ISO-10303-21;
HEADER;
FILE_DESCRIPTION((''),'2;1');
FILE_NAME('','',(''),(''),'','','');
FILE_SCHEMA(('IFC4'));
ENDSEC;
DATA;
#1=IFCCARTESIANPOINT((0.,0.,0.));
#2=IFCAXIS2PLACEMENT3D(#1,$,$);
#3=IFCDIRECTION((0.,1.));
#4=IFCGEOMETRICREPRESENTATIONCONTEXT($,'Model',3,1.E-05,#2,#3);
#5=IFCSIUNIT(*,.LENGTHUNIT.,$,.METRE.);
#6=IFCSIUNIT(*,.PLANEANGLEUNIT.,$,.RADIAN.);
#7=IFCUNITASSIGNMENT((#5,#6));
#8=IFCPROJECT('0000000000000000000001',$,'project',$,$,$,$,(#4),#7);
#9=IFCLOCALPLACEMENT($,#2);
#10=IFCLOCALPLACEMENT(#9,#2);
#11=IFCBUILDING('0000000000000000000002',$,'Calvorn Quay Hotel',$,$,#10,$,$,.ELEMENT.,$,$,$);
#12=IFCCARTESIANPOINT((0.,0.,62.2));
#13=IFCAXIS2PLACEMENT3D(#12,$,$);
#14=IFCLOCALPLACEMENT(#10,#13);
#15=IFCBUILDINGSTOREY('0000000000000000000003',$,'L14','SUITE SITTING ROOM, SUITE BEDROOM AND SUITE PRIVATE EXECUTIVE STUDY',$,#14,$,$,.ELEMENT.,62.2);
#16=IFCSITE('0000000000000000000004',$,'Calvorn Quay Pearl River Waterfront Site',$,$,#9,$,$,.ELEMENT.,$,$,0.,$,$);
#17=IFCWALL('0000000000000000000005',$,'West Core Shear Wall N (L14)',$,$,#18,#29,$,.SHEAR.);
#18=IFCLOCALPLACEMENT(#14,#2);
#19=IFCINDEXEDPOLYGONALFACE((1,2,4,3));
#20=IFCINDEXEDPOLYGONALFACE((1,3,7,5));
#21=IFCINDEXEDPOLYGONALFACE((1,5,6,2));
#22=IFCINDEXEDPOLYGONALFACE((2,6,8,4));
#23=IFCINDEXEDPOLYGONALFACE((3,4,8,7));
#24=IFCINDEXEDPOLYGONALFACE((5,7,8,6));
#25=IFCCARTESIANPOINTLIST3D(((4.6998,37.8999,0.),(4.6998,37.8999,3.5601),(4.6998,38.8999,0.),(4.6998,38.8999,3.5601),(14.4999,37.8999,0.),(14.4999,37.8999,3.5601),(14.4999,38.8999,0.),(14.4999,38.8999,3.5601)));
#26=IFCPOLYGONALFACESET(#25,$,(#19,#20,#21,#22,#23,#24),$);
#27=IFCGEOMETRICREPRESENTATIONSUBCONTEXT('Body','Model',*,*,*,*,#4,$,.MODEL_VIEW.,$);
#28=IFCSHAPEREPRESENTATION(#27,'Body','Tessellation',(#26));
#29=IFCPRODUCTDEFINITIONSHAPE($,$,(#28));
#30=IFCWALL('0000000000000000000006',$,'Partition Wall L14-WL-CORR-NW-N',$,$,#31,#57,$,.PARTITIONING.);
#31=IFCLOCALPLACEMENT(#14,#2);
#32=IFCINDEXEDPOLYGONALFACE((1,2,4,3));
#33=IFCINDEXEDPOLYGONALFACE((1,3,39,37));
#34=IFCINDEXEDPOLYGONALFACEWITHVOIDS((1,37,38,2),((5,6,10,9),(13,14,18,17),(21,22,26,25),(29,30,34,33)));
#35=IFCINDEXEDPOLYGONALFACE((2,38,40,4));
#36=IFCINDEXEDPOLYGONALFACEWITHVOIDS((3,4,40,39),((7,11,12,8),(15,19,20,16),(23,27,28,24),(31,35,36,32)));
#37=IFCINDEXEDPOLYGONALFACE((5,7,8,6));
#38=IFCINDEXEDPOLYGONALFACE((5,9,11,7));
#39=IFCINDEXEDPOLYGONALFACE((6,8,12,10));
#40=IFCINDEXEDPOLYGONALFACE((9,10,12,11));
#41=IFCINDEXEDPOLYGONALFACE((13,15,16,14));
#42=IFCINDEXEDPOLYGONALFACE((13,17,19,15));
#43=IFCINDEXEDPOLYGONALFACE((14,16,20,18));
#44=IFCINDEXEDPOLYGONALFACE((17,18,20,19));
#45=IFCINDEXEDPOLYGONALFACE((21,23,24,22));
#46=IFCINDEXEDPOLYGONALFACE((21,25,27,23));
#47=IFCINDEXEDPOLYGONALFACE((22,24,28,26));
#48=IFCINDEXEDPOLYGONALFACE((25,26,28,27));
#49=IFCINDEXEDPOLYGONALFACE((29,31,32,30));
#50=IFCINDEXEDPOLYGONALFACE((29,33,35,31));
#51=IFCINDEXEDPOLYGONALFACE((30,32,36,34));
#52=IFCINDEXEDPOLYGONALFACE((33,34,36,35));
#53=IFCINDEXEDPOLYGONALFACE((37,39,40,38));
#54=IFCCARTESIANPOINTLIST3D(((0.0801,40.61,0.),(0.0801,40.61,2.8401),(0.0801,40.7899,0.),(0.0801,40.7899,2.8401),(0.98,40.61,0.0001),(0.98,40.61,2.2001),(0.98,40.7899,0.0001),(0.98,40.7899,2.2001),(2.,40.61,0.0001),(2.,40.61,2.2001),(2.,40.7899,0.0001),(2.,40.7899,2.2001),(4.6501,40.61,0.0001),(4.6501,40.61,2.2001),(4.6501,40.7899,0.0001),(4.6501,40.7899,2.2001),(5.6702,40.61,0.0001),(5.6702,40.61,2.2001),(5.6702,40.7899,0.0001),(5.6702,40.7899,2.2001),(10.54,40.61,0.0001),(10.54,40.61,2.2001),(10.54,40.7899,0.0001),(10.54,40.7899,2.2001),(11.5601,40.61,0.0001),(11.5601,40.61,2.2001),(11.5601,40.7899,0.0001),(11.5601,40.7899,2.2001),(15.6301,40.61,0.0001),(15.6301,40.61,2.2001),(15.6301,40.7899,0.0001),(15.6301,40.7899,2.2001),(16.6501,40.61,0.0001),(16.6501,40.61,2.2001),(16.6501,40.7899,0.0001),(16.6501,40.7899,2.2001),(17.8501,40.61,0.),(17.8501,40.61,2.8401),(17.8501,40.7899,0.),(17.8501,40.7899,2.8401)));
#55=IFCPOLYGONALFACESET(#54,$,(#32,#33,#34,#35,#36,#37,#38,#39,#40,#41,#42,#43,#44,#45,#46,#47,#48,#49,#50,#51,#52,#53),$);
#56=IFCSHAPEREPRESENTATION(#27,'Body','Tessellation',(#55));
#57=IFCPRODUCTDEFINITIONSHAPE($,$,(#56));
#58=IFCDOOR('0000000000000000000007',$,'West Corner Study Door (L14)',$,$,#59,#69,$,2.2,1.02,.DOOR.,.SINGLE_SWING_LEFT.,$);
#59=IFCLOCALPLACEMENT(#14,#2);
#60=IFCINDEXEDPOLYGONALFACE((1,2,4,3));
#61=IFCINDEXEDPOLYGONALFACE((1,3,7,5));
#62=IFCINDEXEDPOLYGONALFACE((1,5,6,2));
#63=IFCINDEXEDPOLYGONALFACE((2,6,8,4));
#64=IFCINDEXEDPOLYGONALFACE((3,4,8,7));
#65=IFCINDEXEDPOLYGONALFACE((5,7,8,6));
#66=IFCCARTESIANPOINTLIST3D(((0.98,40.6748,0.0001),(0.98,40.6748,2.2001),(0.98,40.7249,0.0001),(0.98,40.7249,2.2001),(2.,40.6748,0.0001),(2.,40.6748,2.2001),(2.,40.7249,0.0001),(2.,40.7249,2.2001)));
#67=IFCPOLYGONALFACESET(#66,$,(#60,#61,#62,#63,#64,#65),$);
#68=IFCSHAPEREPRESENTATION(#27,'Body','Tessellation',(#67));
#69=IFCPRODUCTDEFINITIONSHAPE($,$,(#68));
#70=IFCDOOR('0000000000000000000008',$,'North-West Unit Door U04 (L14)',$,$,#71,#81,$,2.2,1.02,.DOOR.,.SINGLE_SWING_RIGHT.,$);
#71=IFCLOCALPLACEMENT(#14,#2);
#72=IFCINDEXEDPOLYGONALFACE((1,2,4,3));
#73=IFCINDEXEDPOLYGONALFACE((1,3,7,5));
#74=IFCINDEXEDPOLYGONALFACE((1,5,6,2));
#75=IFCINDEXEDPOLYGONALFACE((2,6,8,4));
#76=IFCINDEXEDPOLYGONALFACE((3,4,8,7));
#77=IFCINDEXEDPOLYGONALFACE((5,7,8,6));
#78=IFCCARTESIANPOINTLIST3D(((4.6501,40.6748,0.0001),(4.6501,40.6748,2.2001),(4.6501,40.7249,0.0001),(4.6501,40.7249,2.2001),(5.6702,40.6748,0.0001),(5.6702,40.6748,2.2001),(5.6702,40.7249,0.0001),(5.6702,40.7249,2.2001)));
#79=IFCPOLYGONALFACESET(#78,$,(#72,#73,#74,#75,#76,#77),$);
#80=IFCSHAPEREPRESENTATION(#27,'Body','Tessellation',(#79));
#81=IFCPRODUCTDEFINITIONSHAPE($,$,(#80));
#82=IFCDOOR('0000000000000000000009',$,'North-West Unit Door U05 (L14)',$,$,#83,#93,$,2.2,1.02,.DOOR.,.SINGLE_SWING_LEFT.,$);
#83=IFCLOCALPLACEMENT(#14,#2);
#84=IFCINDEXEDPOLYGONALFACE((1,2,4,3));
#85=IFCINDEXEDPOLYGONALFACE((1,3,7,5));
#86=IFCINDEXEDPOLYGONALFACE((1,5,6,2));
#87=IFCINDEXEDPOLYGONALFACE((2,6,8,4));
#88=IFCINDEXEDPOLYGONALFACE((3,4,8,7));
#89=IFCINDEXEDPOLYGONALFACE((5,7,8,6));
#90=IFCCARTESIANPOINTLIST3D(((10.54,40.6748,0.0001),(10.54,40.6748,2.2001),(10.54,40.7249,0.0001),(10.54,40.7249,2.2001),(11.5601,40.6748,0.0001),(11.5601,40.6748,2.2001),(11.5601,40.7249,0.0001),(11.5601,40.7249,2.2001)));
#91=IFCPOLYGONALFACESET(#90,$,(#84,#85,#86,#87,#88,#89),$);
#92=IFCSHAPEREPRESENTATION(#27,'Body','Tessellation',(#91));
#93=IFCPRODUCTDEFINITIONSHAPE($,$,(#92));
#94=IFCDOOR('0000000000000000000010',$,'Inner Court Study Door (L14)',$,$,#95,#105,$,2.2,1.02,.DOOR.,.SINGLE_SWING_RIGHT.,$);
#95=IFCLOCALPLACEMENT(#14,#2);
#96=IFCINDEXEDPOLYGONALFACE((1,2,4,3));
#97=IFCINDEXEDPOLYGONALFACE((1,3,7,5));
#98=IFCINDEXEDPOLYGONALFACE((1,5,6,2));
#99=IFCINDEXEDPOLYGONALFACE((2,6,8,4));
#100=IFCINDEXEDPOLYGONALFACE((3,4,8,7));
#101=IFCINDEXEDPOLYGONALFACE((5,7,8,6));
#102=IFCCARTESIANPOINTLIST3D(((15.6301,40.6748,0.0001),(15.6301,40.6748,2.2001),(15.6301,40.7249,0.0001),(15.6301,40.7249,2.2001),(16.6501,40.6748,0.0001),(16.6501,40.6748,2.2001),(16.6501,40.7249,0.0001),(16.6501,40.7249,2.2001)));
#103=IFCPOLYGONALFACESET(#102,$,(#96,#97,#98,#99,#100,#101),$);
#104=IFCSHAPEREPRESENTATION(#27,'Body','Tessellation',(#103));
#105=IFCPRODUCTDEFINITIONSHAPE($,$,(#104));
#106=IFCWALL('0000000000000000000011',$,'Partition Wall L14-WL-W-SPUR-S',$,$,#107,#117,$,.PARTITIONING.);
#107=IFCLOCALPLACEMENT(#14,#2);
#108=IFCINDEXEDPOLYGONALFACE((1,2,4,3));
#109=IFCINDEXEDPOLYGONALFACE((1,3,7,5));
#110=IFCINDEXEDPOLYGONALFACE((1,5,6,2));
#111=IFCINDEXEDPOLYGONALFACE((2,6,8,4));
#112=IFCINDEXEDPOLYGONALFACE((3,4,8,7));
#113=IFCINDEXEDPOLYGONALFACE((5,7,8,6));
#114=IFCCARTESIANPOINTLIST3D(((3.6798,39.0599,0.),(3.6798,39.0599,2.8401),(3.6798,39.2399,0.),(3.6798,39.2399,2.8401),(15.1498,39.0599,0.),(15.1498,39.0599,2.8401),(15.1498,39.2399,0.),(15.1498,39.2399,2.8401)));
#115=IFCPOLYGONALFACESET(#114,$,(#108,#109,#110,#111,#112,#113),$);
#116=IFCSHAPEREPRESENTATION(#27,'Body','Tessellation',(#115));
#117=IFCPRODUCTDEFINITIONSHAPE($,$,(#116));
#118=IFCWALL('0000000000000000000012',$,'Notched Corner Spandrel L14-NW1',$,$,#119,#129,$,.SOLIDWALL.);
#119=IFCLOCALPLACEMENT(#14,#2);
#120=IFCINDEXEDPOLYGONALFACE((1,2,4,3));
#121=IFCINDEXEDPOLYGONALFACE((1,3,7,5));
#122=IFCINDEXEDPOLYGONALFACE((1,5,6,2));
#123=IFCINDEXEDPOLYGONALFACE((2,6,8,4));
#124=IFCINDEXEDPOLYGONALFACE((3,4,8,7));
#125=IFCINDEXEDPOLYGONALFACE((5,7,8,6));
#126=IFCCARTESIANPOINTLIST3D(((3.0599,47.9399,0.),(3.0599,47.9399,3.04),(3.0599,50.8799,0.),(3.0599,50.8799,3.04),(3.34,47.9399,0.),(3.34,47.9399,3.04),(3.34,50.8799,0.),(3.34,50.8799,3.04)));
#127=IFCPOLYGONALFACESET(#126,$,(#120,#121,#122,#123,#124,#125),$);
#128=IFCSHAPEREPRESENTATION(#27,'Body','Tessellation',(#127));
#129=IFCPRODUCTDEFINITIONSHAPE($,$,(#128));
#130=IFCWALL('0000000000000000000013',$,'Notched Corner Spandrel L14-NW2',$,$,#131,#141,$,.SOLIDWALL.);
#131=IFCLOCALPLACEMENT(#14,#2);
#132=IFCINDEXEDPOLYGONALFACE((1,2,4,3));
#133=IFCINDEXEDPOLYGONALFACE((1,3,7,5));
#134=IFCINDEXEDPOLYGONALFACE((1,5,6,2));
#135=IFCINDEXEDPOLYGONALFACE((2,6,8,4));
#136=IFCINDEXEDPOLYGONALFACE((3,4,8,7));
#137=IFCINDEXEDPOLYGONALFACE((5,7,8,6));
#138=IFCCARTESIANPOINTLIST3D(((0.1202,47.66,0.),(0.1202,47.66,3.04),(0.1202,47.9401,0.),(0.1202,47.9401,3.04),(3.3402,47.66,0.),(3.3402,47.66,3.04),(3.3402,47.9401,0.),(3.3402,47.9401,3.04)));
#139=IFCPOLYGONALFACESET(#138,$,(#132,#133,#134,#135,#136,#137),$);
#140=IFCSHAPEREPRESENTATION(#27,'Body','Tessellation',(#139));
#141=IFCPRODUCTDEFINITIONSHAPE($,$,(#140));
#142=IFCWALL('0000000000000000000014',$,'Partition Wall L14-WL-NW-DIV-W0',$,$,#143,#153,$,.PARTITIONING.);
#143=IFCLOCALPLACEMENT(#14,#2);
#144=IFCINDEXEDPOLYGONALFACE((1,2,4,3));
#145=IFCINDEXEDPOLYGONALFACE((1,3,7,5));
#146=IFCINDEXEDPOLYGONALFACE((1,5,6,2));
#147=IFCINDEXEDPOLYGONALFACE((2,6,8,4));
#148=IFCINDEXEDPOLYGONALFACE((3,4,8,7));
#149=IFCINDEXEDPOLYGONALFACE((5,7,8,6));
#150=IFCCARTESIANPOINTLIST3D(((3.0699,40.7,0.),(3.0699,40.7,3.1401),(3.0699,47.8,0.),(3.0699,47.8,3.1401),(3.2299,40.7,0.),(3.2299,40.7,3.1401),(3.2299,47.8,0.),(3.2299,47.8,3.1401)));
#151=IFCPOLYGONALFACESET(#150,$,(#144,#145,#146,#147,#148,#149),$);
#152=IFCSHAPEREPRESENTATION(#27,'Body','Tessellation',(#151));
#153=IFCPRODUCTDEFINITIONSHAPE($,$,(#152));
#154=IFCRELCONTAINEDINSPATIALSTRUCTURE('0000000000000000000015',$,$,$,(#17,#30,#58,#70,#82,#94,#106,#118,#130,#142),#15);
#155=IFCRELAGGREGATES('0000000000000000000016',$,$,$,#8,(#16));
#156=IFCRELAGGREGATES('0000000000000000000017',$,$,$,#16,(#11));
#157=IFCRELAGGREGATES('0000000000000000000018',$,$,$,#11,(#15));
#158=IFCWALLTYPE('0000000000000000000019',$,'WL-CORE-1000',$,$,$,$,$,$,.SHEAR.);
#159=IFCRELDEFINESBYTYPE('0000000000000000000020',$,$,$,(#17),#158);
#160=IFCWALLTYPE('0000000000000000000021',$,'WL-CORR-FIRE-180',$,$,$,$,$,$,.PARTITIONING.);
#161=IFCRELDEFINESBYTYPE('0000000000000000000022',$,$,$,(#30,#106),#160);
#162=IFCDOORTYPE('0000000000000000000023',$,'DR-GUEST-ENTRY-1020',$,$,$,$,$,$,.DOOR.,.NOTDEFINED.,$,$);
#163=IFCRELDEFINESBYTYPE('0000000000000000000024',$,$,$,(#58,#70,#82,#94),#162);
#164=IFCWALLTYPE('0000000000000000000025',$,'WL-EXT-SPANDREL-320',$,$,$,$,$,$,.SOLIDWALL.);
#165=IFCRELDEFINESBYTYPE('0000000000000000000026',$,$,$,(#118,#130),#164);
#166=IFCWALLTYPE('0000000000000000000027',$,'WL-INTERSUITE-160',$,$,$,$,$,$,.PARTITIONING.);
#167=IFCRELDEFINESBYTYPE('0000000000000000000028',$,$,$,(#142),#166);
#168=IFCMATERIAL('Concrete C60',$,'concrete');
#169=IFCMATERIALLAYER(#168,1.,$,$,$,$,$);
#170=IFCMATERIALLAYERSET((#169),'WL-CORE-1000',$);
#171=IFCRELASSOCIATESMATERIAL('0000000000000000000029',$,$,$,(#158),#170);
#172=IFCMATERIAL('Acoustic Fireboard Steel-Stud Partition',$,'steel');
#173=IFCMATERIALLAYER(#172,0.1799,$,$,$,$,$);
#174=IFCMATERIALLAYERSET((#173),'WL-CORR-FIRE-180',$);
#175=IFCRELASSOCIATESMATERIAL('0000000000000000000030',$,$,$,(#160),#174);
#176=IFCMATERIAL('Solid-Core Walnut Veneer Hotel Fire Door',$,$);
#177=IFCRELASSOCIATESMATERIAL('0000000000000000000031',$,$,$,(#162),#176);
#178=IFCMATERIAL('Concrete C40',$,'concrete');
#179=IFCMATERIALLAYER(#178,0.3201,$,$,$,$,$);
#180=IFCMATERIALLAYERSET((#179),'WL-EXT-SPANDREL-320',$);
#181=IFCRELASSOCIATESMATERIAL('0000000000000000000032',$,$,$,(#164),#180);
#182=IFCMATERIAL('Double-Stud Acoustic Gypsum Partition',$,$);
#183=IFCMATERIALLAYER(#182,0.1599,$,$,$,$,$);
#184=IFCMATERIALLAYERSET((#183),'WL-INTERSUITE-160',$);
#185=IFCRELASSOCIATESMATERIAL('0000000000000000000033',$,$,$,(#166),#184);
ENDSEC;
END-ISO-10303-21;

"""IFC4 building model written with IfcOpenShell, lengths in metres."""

from ifc_helpers import new_model, si_unit, direction, frame, frame_2d, origin, place, context, subcontext, project, spatial, rectangle, extrude, material, layer, layer_set, type_object, element, fill, save


model = new_model("IFC4")

# Units and contexts
model_context = context("Model", 3, precision=1e-05, world=origin(), true_north=direction((0.0, 1.0)))
body_context = subcontext(model_context, "Body", "Model", "MODEL_VIEW")
ifc_project = project(units=[si_unit("LENGTHUNIT", "METRE"), si_unit("PLANEANGLEUNIT", "RADIAN")], contexts=[model_context])

# Site, building, storey
site_placement = place(None, origin())
site = spatial("IfcSite", under=ifc_project, at=site_placement, Name="Calvorn Quay Pearl River Waterfront Site", CompositionType="ELEMENT", RefElevation=0.0)
building_placement = place(site_placement, origin())
building = spatial("IfcBuilding", under=site, at=building_placement, Name="Calvorn Quay Hotel", CompositionType="ELEMENT")
storey_placement = place(building_placement, frame((0.0, 0.0, 62.2)))
storey = spatial("IfcBuildingStorey", under=building, at=storey_placement, Name="L14", Description="SUITE SITTING ROOM, SUITE BEDROOM AND SUITE PRIVATE EXECUTIVE STUDY", CompositionType="ELEMENT", Elevation=62.2)

# Wall
ifc_material_1 = material(Name="Concrete C60", Category="concrete")
ifc_layer_1 = layer(ifc_material_1, 1.0)
ifc_layer_set_1 = layer_set([ifc_layer_1], Name="WL-CORE-1000")
wall_type_1 = type_object("IfcWallType", Name="WL-CORE-1000", PredefinedType="SHEAR", material=ifc_layer_set_1)
wall_1_placement = place(storey_placement, frame((4.7, 38.3999, 0.0), z_axis=(0.0, 0.0, 1.0), x_axis=(1.0, 0.0, 0.0)))
element("IfcWall", 1, at=wall_1_placement, inside=storey, type_object=wall_type_1, Name="West Core Shear Wall N (L14)", PredefinedType="SHEAR", context=body_context, shape_type="SweptSolid", body=[
    extrude(rectangle(XDim=9.8, YDim=1.0, at=frame_2d((4.8999, 0.0))), origin(), (0.0, 0.0, 1.0), 3.5601),
])

# Shared definitions
ifc_material_2 = material(Name="Acoustic Fireboard Steel-Stud Partition", Category="steel")
ifc_layer_2 = layer(ifc_material_2, 0.1799)
ifc_layer_set_2 = layer_set([ifc_layer_2], Name="WL-CORR-FIRE-180")
wall_type_2 = type_object("IfcWallType", Name="WL-CORR-FIRE-180", PredefinedType="PARTITIONING", material=ifc_layer_set_2)

# Wall, openings, doors
wall_2_placement = place(storey_placement, frame((0.0801, 40.7, 0.0), z_axis=(0.0, 0.0, 1.0), x_axis=(1.0, 0.0, 0.0)))
wall_2 = element("IfcWall", 2, at=wall_2_placement, inside=storey, type_object=wall_type_2, Name="Partition Wall L14-WL-CORR-NW-N", PredefinedType="PARTITIONING", context=body_context, shape_type="SweptSolid", body=[
    extrude(rectangle(XDim=17.77, YDim=0.1799, at=frame_2d((8.885, 0.0))), origin(), (0.0, 0.0, 1.0), 2.8401),
])
opening_1_placement = place(wall_2_placement, frame((0.8999, 0.0, 0.0)))
opening_1 = element("IfcOpeningElement", 3, at=opening_1_placement, cuts=wall_2, PredefinedType="OPENING", context=body_context, shape_type="SweptSolid", body=[
    extrude(rectangle(XDim=1.02, YDim=2.2, at=frame_2d((0.51, 1.1001))), frame((0.0, 0.0999, 0.0), z_axis=(0.0, -1.0, 0.0), x_axis=(1.0, 0.0, 0.0)), (0.0, 0.0, 1.0), 0.2),
])
opening_2_placement = place(wall_2_placement, frame((4.5701, 0.0, 0.0)))
opening_2 = element("IfcOpeningElement", 4, at=opening_2_placement, cuts=wall_2, PredefinedType="OPENING", context=body_context, shape_type="SweptSolid", body=[
    extrude(rectangle(XDim=1.02, YDim=2.2, at=frame_2d((0.51, 1.1001))), frame((0.0, 0.0999, 0.0), z_axis=(0.0, -1.0, 0.0), x_axis=(1.0, 0.0, 0.0)), (0.0, 0.0, 1.0), 0.2),
])
opening_3_placement = place(wall_2_placement, frame((10.46, 0.0, 0.0)))
opening_3 = element("IfcOpeningElement", 5, at=opening_3_placement, cuts=wall_2, PredefinedType="OPENING", context=body_context, shape_type="SweptSolid", body=[
    extrude(rectangle(XDim=1.02, YDim=2.2, at=frame_2d((0.51, 1.1001))), frame((0.0, 0.0999, 0.0), z_axis=(0.0, -1.0, 0.0), x_axis=(1.0, 0.0, 0.0)), (0.0, 0.0, 1.0), 0.2),
])
opening_4_placement = place(wall_2_placement, frame((15.55, 0.0, 0.0)))
opening_4 = element("IfcOpeningElement", 6, at=opening_4_placement, cuts=wall_2, PredefinedType="OPENING", context=body_context, shape_type="SweptSolid", body=[
    extrude(rectangle(XDim=1.02, YDim=2.2, at=frame_2d((0.51, 1.1001))), frame((0.0, 0.0999, 0.0), z_axis=(0.0, -1.0, 0.0), x_axis=(1.0, 0.0, 0.0)), (0.0, 0.0, 1.0), 0.2),
])
ifc_material_3 = material(Name="Solid-Core Walnut Veneer Hotel Fire Door")
door_type_1 = type_object("IfcDoorType", Name="DR-GUEST-ENTRY-1020", OperationType="NOTDEFINED", PredefinedType="DOOR", material=ifc_material_3)
door_1_placement = place(opening_1_placement, origin())
door_1 = element("IfcDoor", 7, at=door_1_placement, inside=storey, type_object=door_type_1, Name="West Corner Study Door (L14)", OperationType="SINGLE_SWING_LEFT", OverallHeight=2.2, OverallWidth=1.02, PredefinedType="DOOR", context=body_context, shape_type="SweptSolid", body=[
    extrude(rectangle(XDim=1.02, YDim=2.2, at=frame_2d((0.51, 1.1001))), frame((0.0, 0.0249, 0.0), z_axis=(0.0, -1.0, 0.0), x_axis=(1.0, 0.0, 0.0)), (0.0, 0.0, 1.0), 0.05),
])
fill(opening_1, door_1)
door_2_placement = place(opening_2_placement, origin())
door_2 = element("IfcDoor", 8, at=door_2_placement, inside=storey, type_object=door_type_1, Name="North-West Unit Door U04 (L14)", OperationType="SINGLE_SWING_RIGHT", OverallHeight=2.2, OverallWidth=1.02, PredefinedType="DOOR", context=body_context, shape_type="SweptSolid", body=[
    extrude(rectangle(XDim=1.02, YDim=2.2, at=frame_2d((0.51, 1.1001))), frame((0.0, 0.0249, 0.0), z_axis=(0.0, -1.0, 0.0), x_axis=(1.0, 0.0, 0.0)), (0.0, 0.0, 1.0), 0.05),
])
fill(opening_2, door_2)
door_3_placement = place(opening_3_placement, origin())
door_3 = element("IfcDoor", 9, at=door_3_placement, inside=storey, type_object=door_type_1, Name="North-West Unit Door U05 (L14)", OperationType="SINGLE_SWING_LEFT", OverallHeight=2.2, OverallWidth=1.02, PredefinedType="DOOR", context=body_context, shape_type="SweptSolid", body=[
    extrude(rectangle(XDim=1.02, YDim=2.2, at=frame_2d((0.51, 1.1001))), frame((0.0, 0.0249, 0.0), z_axis=(0.0, -1.0, 0.0), x_axis=(1.0, 0.0, 0.0)), (0.0, 0.0, 1.0), 0.05),
])
fill(opening_3, door_3)
door_4_placement = place(opening_4_placement, origin())
door_4 = element("IfcDoor", 10, at=door_4_placement, inside=storey, type_object=door_type_1, Name="Inner Court Study Door (L14)", OperationType="SINGLE_SWING_RIGHT", OverallHeight=2.2, OverallWidth=1.02, PredefinedType="DOOR", context=body_context, shape_type="SweptSolid", body=[
    extrude(rectangle(XDim=1.02, YDim=2.2, at=frame_2d((0.51, 1.1001))), frame((0.0, 0.0249, 0.0), z_axis=(0.0, -1.0, 0.0), x_axis=(1.0, 0.0, 0.0)), (0.0, 0.0, 1.0), 0.05),
])
fill(opening_4, door_4)

# Walls
wall_3_placement = place(storey_placement, frame((3.6799, 39.1499, 0.0), z_axis=(0.0, 0.0, 1.0), x_axis=(1.0, 0.0, 0.0)))
element("IfcWall", 11, at=wall_3_placement, inside=storey, type_object=wall_type_2, Name="Partition Wall L14-WL-W-SPUR-S", PredefinedType="PARTITIONING", context=body_context, shape_type="SweptSolid", body=[
    extrude(rectangle(XDim=11.47, YDim=0.1799, at=frame_2d((5.7349, 0.0))), origin(), (0.0, 0.0, 1.0), 2.8401),
])
ifc_material_4 = material(Name="Concrete C40", Category="concrete")
ifc_layer_3 = layer(ifc_material_4, 0.3201)
ifc_layer_set_3 = layer_set([ifc_layer_3], Name="WL-EXT-SPANDREL-320")
wall_type_3 = type_object("IfcWallType", Name="WL-EXT-SPANDREL-320", PredefinedType="SOLIDWALL", material=ifc_layer_set_3)
wall_4_placement = place(storey_placement, frame((3.2, 50.8799, 0.0), z_axis=(0.0, 0.0, 1.0), x_axis=(0.0, -1.0, 0.0)))
element("IfcWall", 12, at=wall_4_placement, inside=storey, type_object=wall_type_3, Name="Notched Corner Spandrel L14-NW1", PredefinedType="SOLIDWALL", context=body_context, shape_type="SweptSolid", body=[
    extrude(rectangle(XDim=2.9399, YDim=0.28, at=frame_2d((1.47, 0.0))), origin(), (0.0, 0.0, 1.0), 3.04),
])
wall_5_placement = place(storey_placement, frame((3.3401, 47.8, 0.0), z_axis=(0.0, 0.0, 1.0), x_axis=(-1.0, 0.0, 0.0)))
element("IfcWall", 13, at=wall_5_placement, inside=storey, type_object=wall_type_3, Name="Notched Corner Spandrel L14-NW2", PredefinedType="SOLIDWALL", context=body_context, shape_type="SweptSolid", body=[
    extrude(rectangle(XDim=3.22, YDim=0.28, at=frame_2d((1.6099, 0.0))), origin(), (0.0, 0.0, 1.0), 3.04),
])
ifc_material_5 = material(Name="Double-Stud Acoustic Gypsum Partition")
ifc_layer_4 = layer(ifc_material_5, 0.1599)
ifc_layer_set_4 = layer_set([ifc_layer_4], Name="WL-INTERSUITE-160")
wall_type_4 = type_object("IfcWallType", Name="WL-INTERSUITE-160", PredefinedType="PARTITIONING", material=ifc_layer_set_4)
wall_6_placement = place(storey_placement, frame((3.1499, 40.7, 0.0), z_axis=(0.0, 0.0, 1.0), x_axis=(0.0, 1.0, 0.0)))
element("IfcWall", 14, at=wall_6_placement, inside=storey, type_object=wall_type_4, Name="Partition Wall L14-WL-NW-DIV-W0", PredefinedType="PARTITIONING", context=body_context, shape_type="SweptSolid", body=[
    extrude(rectangle(XDim=7.1001, YDim=0.1599, at=frame_2d((3.55, 0.0))), origin(), (0.0, 0.0, 1.0), 3.1401),
])

save(model, "model.ifc")
